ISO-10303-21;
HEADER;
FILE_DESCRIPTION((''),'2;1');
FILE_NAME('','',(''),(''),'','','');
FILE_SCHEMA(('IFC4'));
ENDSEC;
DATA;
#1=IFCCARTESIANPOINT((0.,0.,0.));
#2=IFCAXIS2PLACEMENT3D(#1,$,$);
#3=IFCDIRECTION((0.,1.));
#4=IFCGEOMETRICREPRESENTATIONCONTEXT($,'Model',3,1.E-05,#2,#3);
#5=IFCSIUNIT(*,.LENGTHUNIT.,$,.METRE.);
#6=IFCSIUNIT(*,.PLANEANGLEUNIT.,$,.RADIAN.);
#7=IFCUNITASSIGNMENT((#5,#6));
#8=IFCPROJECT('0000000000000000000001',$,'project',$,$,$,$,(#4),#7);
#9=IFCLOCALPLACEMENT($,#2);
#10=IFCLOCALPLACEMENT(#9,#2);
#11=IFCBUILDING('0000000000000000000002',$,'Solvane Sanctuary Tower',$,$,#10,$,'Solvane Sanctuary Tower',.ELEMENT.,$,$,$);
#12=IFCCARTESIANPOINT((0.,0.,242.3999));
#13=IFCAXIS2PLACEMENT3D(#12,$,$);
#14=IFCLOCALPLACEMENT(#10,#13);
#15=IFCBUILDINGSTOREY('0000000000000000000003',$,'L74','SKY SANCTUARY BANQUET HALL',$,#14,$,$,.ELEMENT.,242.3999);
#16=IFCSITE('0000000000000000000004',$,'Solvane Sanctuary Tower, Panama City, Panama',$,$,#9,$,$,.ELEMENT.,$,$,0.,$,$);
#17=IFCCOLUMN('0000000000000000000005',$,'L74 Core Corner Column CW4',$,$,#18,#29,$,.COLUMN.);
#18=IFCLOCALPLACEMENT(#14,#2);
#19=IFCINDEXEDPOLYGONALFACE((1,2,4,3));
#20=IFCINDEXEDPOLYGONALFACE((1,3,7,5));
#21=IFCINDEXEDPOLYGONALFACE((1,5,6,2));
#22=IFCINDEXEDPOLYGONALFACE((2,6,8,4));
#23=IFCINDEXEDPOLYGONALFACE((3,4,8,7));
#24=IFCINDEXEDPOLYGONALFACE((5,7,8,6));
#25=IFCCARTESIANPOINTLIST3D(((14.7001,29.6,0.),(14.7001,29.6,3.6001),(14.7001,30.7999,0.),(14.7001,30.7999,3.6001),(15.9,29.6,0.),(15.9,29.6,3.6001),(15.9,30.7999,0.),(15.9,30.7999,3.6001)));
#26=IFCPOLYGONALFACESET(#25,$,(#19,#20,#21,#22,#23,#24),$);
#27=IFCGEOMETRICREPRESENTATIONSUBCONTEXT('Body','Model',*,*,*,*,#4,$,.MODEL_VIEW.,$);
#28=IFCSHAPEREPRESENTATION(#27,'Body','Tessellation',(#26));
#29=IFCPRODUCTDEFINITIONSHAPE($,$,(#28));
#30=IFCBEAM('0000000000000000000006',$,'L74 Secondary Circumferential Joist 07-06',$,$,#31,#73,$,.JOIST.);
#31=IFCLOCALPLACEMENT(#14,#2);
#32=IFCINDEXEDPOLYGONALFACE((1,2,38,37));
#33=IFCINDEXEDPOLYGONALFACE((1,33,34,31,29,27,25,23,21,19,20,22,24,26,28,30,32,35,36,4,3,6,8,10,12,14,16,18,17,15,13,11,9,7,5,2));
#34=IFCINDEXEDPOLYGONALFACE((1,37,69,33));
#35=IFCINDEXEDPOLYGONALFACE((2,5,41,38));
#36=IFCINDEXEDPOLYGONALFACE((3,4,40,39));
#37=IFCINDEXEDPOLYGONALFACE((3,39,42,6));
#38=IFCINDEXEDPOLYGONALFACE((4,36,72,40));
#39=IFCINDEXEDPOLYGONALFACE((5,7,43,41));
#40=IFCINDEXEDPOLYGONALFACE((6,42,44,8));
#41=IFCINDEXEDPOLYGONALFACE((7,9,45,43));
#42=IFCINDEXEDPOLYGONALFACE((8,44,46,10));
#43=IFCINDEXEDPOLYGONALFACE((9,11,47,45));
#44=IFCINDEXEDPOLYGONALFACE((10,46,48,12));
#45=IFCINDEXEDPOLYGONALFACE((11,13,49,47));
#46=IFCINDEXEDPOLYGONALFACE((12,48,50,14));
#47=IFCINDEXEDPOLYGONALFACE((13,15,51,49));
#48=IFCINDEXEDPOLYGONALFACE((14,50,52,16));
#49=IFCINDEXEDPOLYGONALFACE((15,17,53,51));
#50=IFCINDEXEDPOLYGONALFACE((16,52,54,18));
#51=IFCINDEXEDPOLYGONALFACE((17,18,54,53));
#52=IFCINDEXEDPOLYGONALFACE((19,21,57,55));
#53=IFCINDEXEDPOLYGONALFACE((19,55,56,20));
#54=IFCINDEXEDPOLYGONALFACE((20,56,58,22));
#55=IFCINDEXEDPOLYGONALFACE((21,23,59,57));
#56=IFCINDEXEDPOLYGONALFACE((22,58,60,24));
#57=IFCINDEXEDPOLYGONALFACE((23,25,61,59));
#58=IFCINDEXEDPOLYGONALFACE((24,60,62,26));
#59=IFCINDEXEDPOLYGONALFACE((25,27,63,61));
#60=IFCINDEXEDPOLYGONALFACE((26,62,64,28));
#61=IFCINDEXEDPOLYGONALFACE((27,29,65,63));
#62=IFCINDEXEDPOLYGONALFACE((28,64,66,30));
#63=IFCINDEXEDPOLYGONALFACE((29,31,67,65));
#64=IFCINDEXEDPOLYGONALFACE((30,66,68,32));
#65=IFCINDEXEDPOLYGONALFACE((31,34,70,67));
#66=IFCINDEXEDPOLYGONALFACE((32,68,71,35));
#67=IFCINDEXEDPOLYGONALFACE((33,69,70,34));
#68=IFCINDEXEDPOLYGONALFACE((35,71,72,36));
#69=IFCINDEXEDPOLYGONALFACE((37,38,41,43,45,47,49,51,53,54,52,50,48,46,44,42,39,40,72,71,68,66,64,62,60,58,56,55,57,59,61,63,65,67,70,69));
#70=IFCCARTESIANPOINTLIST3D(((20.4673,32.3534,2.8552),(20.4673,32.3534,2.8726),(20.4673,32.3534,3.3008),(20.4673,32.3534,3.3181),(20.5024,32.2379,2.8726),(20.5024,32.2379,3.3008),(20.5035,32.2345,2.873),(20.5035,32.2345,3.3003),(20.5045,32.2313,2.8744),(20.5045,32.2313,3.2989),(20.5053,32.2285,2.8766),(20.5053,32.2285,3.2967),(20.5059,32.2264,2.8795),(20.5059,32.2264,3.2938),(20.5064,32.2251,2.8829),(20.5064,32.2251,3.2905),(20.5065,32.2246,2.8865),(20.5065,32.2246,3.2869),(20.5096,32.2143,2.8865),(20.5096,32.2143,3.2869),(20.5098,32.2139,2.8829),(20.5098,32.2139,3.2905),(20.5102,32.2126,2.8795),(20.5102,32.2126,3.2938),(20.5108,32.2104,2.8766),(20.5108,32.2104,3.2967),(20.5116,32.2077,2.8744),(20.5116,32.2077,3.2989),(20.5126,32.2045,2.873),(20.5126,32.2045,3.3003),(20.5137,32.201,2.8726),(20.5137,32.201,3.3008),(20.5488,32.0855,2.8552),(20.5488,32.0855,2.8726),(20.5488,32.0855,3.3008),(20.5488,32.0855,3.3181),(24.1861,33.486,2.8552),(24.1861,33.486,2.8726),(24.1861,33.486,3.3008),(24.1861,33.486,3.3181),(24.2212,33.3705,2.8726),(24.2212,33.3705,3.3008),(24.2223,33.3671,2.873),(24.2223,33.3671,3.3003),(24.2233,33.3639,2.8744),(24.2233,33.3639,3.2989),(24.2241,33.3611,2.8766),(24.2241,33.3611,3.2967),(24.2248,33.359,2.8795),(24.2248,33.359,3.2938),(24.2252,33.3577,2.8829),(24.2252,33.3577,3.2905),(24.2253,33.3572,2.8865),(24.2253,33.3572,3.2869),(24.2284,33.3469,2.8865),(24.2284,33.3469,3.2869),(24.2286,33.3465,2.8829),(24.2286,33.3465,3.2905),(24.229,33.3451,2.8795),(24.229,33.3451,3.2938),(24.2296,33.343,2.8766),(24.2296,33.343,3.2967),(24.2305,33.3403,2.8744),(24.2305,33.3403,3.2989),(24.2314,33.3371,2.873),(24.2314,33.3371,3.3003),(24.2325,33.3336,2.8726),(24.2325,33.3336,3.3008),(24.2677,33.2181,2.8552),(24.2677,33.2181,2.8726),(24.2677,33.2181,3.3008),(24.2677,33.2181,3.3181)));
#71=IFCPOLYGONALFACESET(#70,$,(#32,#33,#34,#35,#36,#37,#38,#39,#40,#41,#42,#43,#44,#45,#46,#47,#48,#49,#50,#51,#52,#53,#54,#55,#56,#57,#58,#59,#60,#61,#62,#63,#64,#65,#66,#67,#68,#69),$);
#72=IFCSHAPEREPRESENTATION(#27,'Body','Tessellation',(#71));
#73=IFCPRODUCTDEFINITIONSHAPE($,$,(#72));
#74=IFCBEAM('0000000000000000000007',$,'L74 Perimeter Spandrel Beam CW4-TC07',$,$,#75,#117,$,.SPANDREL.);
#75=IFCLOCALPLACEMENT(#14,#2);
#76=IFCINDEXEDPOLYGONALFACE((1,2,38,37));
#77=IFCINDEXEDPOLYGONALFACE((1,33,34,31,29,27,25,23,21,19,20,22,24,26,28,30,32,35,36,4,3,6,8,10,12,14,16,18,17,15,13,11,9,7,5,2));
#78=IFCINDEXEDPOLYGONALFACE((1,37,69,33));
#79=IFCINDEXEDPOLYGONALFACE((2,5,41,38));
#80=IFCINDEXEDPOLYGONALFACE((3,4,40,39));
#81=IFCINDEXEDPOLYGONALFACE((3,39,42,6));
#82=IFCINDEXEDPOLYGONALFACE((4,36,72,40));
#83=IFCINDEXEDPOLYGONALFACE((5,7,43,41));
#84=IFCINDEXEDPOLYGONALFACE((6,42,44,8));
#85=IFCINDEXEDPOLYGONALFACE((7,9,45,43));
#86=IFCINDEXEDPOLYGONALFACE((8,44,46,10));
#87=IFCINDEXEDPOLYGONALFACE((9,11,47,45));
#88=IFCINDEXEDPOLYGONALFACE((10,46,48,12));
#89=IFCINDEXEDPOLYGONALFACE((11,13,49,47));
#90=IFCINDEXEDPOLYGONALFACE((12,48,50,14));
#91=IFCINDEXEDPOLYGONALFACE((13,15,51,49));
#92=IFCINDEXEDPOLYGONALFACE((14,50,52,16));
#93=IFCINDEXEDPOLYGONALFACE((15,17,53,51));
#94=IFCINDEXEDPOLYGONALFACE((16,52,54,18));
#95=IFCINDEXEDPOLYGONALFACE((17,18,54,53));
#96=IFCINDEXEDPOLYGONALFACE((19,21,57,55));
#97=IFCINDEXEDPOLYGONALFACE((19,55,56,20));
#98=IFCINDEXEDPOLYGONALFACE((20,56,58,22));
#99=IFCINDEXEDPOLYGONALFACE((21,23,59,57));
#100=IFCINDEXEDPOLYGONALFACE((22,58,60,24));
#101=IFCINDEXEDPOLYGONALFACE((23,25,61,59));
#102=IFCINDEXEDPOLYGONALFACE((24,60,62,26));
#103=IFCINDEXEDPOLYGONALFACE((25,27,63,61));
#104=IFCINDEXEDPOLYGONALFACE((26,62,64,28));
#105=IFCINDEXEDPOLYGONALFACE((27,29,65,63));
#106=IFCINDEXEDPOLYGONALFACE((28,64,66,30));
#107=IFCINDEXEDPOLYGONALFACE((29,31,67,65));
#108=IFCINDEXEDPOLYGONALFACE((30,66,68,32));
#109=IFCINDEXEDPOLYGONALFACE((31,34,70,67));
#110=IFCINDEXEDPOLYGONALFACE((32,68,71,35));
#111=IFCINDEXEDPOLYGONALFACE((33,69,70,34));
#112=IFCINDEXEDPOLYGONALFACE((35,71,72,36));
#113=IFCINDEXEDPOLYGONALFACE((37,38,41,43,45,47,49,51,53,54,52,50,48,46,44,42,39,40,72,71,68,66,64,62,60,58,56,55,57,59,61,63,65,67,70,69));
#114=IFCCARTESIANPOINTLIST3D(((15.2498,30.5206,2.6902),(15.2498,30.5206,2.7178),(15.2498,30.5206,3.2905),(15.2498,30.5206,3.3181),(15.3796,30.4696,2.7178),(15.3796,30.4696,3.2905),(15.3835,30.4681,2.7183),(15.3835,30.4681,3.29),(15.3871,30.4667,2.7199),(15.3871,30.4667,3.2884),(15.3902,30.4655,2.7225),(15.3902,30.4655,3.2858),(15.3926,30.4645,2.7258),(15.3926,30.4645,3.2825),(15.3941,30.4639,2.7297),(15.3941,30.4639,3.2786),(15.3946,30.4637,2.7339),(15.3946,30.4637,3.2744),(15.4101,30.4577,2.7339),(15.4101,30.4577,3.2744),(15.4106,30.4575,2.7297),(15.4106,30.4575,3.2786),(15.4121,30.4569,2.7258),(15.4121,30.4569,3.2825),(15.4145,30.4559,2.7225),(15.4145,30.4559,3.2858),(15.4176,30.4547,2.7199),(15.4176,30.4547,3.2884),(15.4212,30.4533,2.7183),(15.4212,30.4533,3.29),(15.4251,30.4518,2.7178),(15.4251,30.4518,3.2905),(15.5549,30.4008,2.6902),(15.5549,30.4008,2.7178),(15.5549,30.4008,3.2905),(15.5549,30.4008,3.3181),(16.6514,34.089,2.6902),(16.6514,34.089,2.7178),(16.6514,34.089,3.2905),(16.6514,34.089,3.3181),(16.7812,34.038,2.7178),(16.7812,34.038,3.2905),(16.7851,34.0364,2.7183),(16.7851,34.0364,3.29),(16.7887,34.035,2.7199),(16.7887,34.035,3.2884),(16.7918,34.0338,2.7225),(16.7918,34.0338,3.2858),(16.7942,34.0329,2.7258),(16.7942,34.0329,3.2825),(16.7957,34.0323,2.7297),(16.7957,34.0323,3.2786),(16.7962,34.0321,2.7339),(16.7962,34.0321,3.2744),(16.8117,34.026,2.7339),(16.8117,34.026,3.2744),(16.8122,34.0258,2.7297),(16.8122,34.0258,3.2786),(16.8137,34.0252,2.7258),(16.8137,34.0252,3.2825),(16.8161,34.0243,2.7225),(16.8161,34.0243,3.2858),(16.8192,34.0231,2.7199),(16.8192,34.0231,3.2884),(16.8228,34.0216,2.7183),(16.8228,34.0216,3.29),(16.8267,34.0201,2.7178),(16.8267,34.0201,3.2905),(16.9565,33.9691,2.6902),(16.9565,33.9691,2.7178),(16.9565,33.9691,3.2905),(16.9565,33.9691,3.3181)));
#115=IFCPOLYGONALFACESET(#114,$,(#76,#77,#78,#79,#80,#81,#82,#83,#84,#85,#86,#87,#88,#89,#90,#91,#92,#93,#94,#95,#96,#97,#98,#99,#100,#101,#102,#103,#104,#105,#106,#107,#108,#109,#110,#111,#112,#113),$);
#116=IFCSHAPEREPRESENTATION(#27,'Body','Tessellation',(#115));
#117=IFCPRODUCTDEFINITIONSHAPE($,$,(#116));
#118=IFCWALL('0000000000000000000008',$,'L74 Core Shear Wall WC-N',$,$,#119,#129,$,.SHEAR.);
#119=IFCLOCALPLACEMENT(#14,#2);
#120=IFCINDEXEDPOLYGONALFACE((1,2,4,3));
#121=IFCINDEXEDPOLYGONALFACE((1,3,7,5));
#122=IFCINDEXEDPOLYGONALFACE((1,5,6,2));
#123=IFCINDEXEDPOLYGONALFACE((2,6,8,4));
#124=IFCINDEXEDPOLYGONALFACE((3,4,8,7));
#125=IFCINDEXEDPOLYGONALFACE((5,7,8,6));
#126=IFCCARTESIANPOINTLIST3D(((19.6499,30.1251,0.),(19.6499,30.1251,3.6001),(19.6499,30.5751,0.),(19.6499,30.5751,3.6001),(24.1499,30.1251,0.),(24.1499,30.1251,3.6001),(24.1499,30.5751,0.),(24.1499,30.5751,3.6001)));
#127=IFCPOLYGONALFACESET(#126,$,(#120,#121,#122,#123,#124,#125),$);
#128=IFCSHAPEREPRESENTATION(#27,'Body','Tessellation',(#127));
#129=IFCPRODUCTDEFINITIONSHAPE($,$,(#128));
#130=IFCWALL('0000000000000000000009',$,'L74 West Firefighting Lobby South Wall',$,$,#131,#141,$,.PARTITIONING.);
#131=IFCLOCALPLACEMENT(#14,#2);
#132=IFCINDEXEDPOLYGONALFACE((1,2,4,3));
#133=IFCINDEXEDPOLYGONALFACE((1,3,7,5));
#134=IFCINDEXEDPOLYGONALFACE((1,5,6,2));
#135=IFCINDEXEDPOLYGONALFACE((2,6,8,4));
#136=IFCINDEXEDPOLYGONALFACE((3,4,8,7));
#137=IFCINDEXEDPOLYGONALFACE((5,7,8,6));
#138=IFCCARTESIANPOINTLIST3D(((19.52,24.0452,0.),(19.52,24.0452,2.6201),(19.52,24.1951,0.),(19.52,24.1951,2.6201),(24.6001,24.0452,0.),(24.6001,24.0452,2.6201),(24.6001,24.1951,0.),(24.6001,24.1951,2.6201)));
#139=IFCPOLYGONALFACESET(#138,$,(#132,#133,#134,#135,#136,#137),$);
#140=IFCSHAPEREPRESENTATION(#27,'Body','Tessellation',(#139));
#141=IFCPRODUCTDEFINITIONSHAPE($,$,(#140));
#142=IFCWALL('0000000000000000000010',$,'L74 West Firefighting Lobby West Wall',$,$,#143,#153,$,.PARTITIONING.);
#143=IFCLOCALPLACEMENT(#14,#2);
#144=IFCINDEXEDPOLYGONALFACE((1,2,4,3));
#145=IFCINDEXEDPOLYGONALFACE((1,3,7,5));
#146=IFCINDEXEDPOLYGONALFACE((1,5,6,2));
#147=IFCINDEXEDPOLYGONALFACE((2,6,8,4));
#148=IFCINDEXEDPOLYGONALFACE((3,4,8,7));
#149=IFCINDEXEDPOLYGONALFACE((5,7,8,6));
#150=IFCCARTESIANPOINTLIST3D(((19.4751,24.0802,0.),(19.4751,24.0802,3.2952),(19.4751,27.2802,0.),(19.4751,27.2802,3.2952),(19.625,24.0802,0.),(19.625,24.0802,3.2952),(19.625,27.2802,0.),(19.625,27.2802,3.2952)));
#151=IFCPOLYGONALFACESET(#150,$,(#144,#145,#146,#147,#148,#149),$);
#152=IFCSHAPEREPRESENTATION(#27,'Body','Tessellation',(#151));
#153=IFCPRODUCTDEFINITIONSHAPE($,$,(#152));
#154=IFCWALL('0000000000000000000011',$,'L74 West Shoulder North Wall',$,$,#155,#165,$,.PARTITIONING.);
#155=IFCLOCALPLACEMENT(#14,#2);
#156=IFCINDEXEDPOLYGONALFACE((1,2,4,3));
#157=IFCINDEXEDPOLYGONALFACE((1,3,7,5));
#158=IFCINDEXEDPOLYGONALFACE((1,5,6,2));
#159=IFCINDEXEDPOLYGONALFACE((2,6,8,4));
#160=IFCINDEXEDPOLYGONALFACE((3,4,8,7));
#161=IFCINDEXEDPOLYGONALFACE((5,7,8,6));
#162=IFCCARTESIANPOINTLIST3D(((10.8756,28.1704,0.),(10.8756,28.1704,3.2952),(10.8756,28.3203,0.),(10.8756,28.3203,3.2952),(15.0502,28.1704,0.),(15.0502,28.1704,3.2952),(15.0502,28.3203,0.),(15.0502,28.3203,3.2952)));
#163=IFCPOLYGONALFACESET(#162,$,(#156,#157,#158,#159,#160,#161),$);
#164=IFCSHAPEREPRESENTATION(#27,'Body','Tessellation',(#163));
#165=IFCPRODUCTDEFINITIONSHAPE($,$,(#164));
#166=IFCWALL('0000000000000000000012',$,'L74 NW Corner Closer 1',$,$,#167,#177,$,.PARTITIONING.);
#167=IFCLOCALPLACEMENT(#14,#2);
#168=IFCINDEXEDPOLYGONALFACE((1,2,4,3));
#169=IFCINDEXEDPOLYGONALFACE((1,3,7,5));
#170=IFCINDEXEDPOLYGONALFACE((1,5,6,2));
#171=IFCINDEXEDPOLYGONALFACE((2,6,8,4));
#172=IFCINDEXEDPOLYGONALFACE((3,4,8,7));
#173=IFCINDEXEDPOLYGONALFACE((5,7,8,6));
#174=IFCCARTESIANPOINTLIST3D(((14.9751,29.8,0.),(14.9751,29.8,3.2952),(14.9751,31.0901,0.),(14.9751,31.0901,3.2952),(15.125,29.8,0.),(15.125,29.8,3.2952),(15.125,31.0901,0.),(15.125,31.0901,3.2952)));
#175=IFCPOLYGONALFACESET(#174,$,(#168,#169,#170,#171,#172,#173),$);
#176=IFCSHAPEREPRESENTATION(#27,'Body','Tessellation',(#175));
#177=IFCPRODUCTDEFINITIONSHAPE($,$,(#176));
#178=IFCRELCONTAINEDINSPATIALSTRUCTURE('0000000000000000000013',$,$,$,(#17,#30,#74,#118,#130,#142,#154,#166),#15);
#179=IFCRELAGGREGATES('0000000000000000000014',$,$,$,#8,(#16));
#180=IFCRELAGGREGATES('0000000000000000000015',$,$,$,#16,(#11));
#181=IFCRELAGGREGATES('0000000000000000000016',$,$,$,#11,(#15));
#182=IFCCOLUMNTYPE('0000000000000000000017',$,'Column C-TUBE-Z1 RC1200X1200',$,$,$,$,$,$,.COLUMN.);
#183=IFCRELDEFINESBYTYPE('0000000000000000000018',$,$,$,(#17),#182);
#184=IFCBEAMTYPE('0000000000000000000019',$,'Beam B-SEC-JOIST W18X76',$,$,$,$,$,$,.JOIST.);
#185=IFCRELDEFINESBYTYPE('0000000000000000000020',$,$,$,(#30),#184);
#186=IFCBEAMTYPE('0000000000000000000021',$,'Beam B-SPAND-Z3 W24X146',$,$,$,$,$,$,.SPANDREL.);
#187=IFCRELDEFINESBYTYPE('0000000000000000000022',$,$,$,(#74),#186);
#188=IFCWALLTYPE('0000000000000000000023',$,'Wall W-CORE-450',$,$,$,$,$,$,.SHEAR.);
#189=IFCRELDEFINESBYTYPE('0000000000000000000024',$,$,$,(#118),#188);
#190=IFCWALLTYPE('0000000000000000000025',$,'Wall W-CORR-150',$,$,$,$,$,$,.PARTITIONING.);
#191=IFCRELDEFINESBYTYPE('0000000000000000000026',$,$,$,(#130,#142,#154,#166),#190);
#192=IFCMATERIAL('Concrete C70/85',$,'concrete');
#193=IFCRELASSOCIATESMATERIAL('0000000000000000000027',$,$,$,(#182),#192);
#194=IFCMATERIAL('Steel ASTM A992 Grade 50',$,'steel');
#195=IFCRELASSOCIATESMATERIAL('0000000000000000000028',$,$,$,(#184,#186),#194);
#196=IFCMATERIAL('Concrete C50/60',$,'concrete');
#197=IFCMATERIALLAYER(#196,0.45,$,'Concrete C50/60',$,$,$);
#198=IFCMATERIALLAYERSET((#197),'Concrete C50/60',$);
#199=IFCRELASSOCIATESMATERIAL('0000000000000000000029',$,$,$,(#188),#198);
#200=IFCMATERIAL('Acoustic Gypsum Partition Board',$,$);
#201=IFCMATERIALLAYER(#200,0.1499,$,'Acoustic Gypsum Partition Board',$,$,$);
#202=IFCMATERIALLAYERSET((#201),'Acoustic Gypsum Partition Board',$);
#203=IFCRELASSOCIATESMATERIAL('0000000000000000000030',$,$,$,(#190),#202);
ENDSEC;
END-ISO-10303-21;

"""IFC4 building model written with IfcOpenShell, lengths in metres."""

from ifc_helpers import new_model, si_unit, direction, frame, frame_2d, origin, origin_2d, place, context, subcontext, project, spatial, rectangle, i_section, extrude, material, layer, layer_set, material_profile, profile_set, type_object, element, save


model = new_model("IFC4")

# Units and contexts
model_context = context("Model", 3, precision=1e-05, world=origin(), true_north=direction((0.0, 1.0)))
body_context = subcontext(model_context, "Body", "Model", "MODEL_VIEW")
ifc_project = project(units=[si_unit("LENGTHUNIT", "METRE"), si_unit("PLANEANGLEUNIT", "RADIAN")], contexts=[model_context])

# Site, building, storey
site_placement = place(None, origin())
site = spatial("IfcSite", under=ifc_project, at=site_placement, Name="Solvane Sanctuary Tower, Panama City, Panama", CompositionType="ELEMENT", RefElevation=0.0)
building_placement = place(site_placement, origin())
building = spatial("IfcBuilding", under=site, at=building_placement, Name="Solvane Sanctuary Tower", LongName="Solvane Sanctuary Tower", CompositionType="ELEMENT")
storey_placement = place(building_placement, frame((0.0, 0.0, 242.3999)))
storey = spatial("IfcBuildingStorey", under=building, at=storey_placement, Name="L74", Description="SKY SANCTUARY BANQUET HALL", CompositionType="ELEMENT", Elevation=242.3999)

# Column
ifc_material_1 = material(Name="Concrete C70/85", Category="concrete")
ifc_material_profile_1 = material_profile(ifc_material_1, rectangle(XDim=1.2, YDim=1.2, at=origin_2d()), Name="RC1200X1200")
ifc_profile_set_1 = profile_set([ifc_material_profile_1], Name="Concrete C70/85")
column_type = type_object("IfcColumnType", Name="Column C-TUBE-Z1 RC1200X1200", PredefinedType="COLUMN", material=ifc_profile_set_1)
column_placement = place(storey_placement, frame((15.3, 30.2, 0.0), z_axis=(0.0, 0.0, 1.0), x_axis=(1.0, 0.0, 0.0)))
element("IfcColumn", 1, at=column_placement, inside=storey, type_object=column_type, Name="L74 Core Corner Column CW4", PredefinedType="COLUMN", context=body_context, shape_type="SweptSolid", body=[
    extrude(rectangle(XDim=1.2, YDim=1.2, at=origin_2d()), origin(), (0.0, 0.0, 1.0), 3.6001),
])

# Beams
ifc_material_2 = material(Name="Steel ASTM A992 Grade 50", Category="steel")
ifc_material_profile_2 = material_profile(ifc_material_2, i_section(OverallWidth=0.28, OverallDepth=0.4629, WebThickness=0.0107, FlangeThickness=0.0173, FilletRadius=0.0139, at=origin_2d()), Name="W18X76")
ifc_profile_set_2 = profile_set([ifc_material_profile_2], Name="Steel ASTM A992 Grade 50")
beam_type_1 = type_object("IfcBeamType", Name="Beam B-SEC-JOIST W18X76", PredefinedType="JOIST", material=ifc_profile_set_2)
beam_1_placement = place(storey_placement, frame((20.5081, 32.2195, 3.0867), z_axis=(0.956618, 0.291344, 0.0), x_axis=(-0.291344, 0.956618, 0.0)))
element("IfcBeam", 2, at=beam_1_placement, inside=storey, type_object=beam_type_1, Name="L74 Secondary Circumferential Joist 07-06", PredefinedType="JOIST", context=body_context, shape_type="SweptSolid", body=[
    extrude(i_section(OverallWidth=0.28, OverallDepth=0.4629, WebThickness=0.0107, FlangeThickness=0.0173, FilletRadius=0.0139, at=origin_2d()), origin(), (0.0, 0.0, 1.0), 3.8875),
])
ifc_material_profile_3 = material_profile(ifc_material_2, i_section(OverallWidth=0.3279, OverallDepth=0.6279, WebThickness=0.0166, FlangeThickness=0.0276, FilletRadius=0.0161, at=origin_2d()), Name="W24X146")
ifc_profile_set_3 = profile_set([ifc_material_profile_3], Name="Steel ASTM A992 Grade 50")
beam_type_2 = type_object("IfcBeamType", Name="Beam B-SPAND-Z3 W24X146", PredefinedType="SPANDREL", material=ifc_profile_set_3)
beam_2_placement = place(storey_placement, frame((15.4023, 30.4607, 3.0042), z_axis=(0.365597, 0.930773, 0.0), x_axis=(-0.930773, 0.365597, 0.0)))
element("IfcBeam", 3, at=beam_2_placement, inside=storey, type_object=beam_type_2, Name="L74 Perimeter Spandrel Beam CW4-TC07", PredefinedType="SPANDREL", context=body_context, shape_type="SweptSolid", body=[
    extrude(i_section(OverallWidth=0.3279, OverallDepth=0.6279, WebThickness=0.0166, FlangeThickness=0.0276, FilletRadius=0.0161, at=origin_2d()), origin(), (0.0, 0.0, 1.0), 3.8337),
])

# Walls
ifc_material_3 = material(Name="Concrete C50/60", Category="concrete")
ifc_layer_1 = layer(ifc_material_3, 0.45, Name="Concrete C50/60")
ifc_layer_set_1 = layer_set([ifc_layer_1], Name="Concrete C50/60")
wall_type_1 = type_object("IfcWallType", Name="Wall W-CORE-450", PredefinedType="SHEAR", material=ifc_layer_set_1)
wall_1_placement = place(storey_placement, frame((19.6499, 30.3501, 0.0), z_axis=(0.0, 0.0, 1.0), x_axis=(1.0, 0.0, 0.0)))
element("IfcWall", 4, at=wall_1_placement, inside=storey, type_object=wall_type_1, Name="L74 Core Shear Wall WC-N", PredefinedType="SHEAR", context=body_context, shape_type="SweptSolid", body=[
    extrude(rectangle(XDim=4.5, YDim=0.45, at=frame_2d((2.25, 0.0))), origin(), (0.0, 0.0, 1.0), 3.6001),
])
ifc_material_4 = material(Name="Acoustic Gypsum Partition Board")
ifc_layer_2 = layer(ifc_material_4, 0.1499, Name="Acoustic Gypsum Partition Board")
ifc_layer_set_2 = layer_set([ifc_layer_2], Name="Acoustic Gypsum Partition Board")
wall_type_2 = type_object("IfcWallType", Name="Wall W-CORR-150", PredefinedType="PARTITIONING", material=ifc_layer_set_2)
wall_2_placement = place(storey_placement, frame((19.52, 24.1201, 0.0), z_axis=(0.0, 0.0, 1.0), x_axis=(1.0, 0.0, 0.0)))
element("IfcWall", 5, at=wall_2_placement, inside=storey, type_object=wall_type_2, Name="L74 West Firefighting Lobby South Wall", PredefinedType="PARTITIONING", context=body_context, shape_type="SweptSolid", body=[
    extrude(rectangle(XDim=5.0801, YDim=0.1499, at=frame_2d((2.54, 0.0))), origin(), (0.0, 0.0, 1.0), 2.6201),
])
wall_3_placement = place(storey_placement, frame((19.55, 24.0801, 0.0), z_axis=(0.0, 0.0, 1.0), x_axis=(0.0, 1.0, 0.0)))
element("IfcWall", 6, at=wall_3_placement, inside=storey, type_object=wall_type_2, Name="L74 West Firefighting Lobby West Wall", PredefinedType="PARTITIONING", context=body_context, shape_type="SweptSolid", body=[
    extrude(rectangle(XDim=3.2, YDim=0.1499, at=frame_2d((1.6001, 0.0))), origin(), (0.0, 0.0, 1.0), 3.2952),
])
wall_4_placement = place(storey_placement, frame((10.8755, 28.2454, 0.0), z_axis=(0.0, 0.0, 1.0), x_axis=(1.0, 0.0, 0.0)))
element("IfcWall", 7, at=wall_4_placement, inside=storey, type_object=wall_type_2, Name="L74 West Shoulder North Wall", PredefinedType="PARTITIONING", context=body_context, shape_type="SweptSolid", body=[
    extrude(rectangle(XDim=4.1746, YDim=0.1499, at=frame_2d((2.0874, 0.0))), origin(), (0.0, 0.0, 1.0), 3.2952),
])
wall_5_placement = place(storey_placement, frame((15.05, 29.8, 0.0), z_axis=(0.0, 0.0, 1.0), x_axis=(0.0, 1.0, 0.0)))
element("IfcWall", 8, at=wall_5_placement, inside=storey, type_object=wall_type_2, Name="L74 NW Corner Closer 1", PredefinedType="PARTITIONING", context=body_context, shape_type="SweptSolid", body=[
    extrude(rectangle(XDim=1.29, YDim=0.1499, at=frame_2d((0.645, 0.0))), origin(), (0.0, 0.0, 1.0), 3.2952),
])

save(model, "model.ifc")
